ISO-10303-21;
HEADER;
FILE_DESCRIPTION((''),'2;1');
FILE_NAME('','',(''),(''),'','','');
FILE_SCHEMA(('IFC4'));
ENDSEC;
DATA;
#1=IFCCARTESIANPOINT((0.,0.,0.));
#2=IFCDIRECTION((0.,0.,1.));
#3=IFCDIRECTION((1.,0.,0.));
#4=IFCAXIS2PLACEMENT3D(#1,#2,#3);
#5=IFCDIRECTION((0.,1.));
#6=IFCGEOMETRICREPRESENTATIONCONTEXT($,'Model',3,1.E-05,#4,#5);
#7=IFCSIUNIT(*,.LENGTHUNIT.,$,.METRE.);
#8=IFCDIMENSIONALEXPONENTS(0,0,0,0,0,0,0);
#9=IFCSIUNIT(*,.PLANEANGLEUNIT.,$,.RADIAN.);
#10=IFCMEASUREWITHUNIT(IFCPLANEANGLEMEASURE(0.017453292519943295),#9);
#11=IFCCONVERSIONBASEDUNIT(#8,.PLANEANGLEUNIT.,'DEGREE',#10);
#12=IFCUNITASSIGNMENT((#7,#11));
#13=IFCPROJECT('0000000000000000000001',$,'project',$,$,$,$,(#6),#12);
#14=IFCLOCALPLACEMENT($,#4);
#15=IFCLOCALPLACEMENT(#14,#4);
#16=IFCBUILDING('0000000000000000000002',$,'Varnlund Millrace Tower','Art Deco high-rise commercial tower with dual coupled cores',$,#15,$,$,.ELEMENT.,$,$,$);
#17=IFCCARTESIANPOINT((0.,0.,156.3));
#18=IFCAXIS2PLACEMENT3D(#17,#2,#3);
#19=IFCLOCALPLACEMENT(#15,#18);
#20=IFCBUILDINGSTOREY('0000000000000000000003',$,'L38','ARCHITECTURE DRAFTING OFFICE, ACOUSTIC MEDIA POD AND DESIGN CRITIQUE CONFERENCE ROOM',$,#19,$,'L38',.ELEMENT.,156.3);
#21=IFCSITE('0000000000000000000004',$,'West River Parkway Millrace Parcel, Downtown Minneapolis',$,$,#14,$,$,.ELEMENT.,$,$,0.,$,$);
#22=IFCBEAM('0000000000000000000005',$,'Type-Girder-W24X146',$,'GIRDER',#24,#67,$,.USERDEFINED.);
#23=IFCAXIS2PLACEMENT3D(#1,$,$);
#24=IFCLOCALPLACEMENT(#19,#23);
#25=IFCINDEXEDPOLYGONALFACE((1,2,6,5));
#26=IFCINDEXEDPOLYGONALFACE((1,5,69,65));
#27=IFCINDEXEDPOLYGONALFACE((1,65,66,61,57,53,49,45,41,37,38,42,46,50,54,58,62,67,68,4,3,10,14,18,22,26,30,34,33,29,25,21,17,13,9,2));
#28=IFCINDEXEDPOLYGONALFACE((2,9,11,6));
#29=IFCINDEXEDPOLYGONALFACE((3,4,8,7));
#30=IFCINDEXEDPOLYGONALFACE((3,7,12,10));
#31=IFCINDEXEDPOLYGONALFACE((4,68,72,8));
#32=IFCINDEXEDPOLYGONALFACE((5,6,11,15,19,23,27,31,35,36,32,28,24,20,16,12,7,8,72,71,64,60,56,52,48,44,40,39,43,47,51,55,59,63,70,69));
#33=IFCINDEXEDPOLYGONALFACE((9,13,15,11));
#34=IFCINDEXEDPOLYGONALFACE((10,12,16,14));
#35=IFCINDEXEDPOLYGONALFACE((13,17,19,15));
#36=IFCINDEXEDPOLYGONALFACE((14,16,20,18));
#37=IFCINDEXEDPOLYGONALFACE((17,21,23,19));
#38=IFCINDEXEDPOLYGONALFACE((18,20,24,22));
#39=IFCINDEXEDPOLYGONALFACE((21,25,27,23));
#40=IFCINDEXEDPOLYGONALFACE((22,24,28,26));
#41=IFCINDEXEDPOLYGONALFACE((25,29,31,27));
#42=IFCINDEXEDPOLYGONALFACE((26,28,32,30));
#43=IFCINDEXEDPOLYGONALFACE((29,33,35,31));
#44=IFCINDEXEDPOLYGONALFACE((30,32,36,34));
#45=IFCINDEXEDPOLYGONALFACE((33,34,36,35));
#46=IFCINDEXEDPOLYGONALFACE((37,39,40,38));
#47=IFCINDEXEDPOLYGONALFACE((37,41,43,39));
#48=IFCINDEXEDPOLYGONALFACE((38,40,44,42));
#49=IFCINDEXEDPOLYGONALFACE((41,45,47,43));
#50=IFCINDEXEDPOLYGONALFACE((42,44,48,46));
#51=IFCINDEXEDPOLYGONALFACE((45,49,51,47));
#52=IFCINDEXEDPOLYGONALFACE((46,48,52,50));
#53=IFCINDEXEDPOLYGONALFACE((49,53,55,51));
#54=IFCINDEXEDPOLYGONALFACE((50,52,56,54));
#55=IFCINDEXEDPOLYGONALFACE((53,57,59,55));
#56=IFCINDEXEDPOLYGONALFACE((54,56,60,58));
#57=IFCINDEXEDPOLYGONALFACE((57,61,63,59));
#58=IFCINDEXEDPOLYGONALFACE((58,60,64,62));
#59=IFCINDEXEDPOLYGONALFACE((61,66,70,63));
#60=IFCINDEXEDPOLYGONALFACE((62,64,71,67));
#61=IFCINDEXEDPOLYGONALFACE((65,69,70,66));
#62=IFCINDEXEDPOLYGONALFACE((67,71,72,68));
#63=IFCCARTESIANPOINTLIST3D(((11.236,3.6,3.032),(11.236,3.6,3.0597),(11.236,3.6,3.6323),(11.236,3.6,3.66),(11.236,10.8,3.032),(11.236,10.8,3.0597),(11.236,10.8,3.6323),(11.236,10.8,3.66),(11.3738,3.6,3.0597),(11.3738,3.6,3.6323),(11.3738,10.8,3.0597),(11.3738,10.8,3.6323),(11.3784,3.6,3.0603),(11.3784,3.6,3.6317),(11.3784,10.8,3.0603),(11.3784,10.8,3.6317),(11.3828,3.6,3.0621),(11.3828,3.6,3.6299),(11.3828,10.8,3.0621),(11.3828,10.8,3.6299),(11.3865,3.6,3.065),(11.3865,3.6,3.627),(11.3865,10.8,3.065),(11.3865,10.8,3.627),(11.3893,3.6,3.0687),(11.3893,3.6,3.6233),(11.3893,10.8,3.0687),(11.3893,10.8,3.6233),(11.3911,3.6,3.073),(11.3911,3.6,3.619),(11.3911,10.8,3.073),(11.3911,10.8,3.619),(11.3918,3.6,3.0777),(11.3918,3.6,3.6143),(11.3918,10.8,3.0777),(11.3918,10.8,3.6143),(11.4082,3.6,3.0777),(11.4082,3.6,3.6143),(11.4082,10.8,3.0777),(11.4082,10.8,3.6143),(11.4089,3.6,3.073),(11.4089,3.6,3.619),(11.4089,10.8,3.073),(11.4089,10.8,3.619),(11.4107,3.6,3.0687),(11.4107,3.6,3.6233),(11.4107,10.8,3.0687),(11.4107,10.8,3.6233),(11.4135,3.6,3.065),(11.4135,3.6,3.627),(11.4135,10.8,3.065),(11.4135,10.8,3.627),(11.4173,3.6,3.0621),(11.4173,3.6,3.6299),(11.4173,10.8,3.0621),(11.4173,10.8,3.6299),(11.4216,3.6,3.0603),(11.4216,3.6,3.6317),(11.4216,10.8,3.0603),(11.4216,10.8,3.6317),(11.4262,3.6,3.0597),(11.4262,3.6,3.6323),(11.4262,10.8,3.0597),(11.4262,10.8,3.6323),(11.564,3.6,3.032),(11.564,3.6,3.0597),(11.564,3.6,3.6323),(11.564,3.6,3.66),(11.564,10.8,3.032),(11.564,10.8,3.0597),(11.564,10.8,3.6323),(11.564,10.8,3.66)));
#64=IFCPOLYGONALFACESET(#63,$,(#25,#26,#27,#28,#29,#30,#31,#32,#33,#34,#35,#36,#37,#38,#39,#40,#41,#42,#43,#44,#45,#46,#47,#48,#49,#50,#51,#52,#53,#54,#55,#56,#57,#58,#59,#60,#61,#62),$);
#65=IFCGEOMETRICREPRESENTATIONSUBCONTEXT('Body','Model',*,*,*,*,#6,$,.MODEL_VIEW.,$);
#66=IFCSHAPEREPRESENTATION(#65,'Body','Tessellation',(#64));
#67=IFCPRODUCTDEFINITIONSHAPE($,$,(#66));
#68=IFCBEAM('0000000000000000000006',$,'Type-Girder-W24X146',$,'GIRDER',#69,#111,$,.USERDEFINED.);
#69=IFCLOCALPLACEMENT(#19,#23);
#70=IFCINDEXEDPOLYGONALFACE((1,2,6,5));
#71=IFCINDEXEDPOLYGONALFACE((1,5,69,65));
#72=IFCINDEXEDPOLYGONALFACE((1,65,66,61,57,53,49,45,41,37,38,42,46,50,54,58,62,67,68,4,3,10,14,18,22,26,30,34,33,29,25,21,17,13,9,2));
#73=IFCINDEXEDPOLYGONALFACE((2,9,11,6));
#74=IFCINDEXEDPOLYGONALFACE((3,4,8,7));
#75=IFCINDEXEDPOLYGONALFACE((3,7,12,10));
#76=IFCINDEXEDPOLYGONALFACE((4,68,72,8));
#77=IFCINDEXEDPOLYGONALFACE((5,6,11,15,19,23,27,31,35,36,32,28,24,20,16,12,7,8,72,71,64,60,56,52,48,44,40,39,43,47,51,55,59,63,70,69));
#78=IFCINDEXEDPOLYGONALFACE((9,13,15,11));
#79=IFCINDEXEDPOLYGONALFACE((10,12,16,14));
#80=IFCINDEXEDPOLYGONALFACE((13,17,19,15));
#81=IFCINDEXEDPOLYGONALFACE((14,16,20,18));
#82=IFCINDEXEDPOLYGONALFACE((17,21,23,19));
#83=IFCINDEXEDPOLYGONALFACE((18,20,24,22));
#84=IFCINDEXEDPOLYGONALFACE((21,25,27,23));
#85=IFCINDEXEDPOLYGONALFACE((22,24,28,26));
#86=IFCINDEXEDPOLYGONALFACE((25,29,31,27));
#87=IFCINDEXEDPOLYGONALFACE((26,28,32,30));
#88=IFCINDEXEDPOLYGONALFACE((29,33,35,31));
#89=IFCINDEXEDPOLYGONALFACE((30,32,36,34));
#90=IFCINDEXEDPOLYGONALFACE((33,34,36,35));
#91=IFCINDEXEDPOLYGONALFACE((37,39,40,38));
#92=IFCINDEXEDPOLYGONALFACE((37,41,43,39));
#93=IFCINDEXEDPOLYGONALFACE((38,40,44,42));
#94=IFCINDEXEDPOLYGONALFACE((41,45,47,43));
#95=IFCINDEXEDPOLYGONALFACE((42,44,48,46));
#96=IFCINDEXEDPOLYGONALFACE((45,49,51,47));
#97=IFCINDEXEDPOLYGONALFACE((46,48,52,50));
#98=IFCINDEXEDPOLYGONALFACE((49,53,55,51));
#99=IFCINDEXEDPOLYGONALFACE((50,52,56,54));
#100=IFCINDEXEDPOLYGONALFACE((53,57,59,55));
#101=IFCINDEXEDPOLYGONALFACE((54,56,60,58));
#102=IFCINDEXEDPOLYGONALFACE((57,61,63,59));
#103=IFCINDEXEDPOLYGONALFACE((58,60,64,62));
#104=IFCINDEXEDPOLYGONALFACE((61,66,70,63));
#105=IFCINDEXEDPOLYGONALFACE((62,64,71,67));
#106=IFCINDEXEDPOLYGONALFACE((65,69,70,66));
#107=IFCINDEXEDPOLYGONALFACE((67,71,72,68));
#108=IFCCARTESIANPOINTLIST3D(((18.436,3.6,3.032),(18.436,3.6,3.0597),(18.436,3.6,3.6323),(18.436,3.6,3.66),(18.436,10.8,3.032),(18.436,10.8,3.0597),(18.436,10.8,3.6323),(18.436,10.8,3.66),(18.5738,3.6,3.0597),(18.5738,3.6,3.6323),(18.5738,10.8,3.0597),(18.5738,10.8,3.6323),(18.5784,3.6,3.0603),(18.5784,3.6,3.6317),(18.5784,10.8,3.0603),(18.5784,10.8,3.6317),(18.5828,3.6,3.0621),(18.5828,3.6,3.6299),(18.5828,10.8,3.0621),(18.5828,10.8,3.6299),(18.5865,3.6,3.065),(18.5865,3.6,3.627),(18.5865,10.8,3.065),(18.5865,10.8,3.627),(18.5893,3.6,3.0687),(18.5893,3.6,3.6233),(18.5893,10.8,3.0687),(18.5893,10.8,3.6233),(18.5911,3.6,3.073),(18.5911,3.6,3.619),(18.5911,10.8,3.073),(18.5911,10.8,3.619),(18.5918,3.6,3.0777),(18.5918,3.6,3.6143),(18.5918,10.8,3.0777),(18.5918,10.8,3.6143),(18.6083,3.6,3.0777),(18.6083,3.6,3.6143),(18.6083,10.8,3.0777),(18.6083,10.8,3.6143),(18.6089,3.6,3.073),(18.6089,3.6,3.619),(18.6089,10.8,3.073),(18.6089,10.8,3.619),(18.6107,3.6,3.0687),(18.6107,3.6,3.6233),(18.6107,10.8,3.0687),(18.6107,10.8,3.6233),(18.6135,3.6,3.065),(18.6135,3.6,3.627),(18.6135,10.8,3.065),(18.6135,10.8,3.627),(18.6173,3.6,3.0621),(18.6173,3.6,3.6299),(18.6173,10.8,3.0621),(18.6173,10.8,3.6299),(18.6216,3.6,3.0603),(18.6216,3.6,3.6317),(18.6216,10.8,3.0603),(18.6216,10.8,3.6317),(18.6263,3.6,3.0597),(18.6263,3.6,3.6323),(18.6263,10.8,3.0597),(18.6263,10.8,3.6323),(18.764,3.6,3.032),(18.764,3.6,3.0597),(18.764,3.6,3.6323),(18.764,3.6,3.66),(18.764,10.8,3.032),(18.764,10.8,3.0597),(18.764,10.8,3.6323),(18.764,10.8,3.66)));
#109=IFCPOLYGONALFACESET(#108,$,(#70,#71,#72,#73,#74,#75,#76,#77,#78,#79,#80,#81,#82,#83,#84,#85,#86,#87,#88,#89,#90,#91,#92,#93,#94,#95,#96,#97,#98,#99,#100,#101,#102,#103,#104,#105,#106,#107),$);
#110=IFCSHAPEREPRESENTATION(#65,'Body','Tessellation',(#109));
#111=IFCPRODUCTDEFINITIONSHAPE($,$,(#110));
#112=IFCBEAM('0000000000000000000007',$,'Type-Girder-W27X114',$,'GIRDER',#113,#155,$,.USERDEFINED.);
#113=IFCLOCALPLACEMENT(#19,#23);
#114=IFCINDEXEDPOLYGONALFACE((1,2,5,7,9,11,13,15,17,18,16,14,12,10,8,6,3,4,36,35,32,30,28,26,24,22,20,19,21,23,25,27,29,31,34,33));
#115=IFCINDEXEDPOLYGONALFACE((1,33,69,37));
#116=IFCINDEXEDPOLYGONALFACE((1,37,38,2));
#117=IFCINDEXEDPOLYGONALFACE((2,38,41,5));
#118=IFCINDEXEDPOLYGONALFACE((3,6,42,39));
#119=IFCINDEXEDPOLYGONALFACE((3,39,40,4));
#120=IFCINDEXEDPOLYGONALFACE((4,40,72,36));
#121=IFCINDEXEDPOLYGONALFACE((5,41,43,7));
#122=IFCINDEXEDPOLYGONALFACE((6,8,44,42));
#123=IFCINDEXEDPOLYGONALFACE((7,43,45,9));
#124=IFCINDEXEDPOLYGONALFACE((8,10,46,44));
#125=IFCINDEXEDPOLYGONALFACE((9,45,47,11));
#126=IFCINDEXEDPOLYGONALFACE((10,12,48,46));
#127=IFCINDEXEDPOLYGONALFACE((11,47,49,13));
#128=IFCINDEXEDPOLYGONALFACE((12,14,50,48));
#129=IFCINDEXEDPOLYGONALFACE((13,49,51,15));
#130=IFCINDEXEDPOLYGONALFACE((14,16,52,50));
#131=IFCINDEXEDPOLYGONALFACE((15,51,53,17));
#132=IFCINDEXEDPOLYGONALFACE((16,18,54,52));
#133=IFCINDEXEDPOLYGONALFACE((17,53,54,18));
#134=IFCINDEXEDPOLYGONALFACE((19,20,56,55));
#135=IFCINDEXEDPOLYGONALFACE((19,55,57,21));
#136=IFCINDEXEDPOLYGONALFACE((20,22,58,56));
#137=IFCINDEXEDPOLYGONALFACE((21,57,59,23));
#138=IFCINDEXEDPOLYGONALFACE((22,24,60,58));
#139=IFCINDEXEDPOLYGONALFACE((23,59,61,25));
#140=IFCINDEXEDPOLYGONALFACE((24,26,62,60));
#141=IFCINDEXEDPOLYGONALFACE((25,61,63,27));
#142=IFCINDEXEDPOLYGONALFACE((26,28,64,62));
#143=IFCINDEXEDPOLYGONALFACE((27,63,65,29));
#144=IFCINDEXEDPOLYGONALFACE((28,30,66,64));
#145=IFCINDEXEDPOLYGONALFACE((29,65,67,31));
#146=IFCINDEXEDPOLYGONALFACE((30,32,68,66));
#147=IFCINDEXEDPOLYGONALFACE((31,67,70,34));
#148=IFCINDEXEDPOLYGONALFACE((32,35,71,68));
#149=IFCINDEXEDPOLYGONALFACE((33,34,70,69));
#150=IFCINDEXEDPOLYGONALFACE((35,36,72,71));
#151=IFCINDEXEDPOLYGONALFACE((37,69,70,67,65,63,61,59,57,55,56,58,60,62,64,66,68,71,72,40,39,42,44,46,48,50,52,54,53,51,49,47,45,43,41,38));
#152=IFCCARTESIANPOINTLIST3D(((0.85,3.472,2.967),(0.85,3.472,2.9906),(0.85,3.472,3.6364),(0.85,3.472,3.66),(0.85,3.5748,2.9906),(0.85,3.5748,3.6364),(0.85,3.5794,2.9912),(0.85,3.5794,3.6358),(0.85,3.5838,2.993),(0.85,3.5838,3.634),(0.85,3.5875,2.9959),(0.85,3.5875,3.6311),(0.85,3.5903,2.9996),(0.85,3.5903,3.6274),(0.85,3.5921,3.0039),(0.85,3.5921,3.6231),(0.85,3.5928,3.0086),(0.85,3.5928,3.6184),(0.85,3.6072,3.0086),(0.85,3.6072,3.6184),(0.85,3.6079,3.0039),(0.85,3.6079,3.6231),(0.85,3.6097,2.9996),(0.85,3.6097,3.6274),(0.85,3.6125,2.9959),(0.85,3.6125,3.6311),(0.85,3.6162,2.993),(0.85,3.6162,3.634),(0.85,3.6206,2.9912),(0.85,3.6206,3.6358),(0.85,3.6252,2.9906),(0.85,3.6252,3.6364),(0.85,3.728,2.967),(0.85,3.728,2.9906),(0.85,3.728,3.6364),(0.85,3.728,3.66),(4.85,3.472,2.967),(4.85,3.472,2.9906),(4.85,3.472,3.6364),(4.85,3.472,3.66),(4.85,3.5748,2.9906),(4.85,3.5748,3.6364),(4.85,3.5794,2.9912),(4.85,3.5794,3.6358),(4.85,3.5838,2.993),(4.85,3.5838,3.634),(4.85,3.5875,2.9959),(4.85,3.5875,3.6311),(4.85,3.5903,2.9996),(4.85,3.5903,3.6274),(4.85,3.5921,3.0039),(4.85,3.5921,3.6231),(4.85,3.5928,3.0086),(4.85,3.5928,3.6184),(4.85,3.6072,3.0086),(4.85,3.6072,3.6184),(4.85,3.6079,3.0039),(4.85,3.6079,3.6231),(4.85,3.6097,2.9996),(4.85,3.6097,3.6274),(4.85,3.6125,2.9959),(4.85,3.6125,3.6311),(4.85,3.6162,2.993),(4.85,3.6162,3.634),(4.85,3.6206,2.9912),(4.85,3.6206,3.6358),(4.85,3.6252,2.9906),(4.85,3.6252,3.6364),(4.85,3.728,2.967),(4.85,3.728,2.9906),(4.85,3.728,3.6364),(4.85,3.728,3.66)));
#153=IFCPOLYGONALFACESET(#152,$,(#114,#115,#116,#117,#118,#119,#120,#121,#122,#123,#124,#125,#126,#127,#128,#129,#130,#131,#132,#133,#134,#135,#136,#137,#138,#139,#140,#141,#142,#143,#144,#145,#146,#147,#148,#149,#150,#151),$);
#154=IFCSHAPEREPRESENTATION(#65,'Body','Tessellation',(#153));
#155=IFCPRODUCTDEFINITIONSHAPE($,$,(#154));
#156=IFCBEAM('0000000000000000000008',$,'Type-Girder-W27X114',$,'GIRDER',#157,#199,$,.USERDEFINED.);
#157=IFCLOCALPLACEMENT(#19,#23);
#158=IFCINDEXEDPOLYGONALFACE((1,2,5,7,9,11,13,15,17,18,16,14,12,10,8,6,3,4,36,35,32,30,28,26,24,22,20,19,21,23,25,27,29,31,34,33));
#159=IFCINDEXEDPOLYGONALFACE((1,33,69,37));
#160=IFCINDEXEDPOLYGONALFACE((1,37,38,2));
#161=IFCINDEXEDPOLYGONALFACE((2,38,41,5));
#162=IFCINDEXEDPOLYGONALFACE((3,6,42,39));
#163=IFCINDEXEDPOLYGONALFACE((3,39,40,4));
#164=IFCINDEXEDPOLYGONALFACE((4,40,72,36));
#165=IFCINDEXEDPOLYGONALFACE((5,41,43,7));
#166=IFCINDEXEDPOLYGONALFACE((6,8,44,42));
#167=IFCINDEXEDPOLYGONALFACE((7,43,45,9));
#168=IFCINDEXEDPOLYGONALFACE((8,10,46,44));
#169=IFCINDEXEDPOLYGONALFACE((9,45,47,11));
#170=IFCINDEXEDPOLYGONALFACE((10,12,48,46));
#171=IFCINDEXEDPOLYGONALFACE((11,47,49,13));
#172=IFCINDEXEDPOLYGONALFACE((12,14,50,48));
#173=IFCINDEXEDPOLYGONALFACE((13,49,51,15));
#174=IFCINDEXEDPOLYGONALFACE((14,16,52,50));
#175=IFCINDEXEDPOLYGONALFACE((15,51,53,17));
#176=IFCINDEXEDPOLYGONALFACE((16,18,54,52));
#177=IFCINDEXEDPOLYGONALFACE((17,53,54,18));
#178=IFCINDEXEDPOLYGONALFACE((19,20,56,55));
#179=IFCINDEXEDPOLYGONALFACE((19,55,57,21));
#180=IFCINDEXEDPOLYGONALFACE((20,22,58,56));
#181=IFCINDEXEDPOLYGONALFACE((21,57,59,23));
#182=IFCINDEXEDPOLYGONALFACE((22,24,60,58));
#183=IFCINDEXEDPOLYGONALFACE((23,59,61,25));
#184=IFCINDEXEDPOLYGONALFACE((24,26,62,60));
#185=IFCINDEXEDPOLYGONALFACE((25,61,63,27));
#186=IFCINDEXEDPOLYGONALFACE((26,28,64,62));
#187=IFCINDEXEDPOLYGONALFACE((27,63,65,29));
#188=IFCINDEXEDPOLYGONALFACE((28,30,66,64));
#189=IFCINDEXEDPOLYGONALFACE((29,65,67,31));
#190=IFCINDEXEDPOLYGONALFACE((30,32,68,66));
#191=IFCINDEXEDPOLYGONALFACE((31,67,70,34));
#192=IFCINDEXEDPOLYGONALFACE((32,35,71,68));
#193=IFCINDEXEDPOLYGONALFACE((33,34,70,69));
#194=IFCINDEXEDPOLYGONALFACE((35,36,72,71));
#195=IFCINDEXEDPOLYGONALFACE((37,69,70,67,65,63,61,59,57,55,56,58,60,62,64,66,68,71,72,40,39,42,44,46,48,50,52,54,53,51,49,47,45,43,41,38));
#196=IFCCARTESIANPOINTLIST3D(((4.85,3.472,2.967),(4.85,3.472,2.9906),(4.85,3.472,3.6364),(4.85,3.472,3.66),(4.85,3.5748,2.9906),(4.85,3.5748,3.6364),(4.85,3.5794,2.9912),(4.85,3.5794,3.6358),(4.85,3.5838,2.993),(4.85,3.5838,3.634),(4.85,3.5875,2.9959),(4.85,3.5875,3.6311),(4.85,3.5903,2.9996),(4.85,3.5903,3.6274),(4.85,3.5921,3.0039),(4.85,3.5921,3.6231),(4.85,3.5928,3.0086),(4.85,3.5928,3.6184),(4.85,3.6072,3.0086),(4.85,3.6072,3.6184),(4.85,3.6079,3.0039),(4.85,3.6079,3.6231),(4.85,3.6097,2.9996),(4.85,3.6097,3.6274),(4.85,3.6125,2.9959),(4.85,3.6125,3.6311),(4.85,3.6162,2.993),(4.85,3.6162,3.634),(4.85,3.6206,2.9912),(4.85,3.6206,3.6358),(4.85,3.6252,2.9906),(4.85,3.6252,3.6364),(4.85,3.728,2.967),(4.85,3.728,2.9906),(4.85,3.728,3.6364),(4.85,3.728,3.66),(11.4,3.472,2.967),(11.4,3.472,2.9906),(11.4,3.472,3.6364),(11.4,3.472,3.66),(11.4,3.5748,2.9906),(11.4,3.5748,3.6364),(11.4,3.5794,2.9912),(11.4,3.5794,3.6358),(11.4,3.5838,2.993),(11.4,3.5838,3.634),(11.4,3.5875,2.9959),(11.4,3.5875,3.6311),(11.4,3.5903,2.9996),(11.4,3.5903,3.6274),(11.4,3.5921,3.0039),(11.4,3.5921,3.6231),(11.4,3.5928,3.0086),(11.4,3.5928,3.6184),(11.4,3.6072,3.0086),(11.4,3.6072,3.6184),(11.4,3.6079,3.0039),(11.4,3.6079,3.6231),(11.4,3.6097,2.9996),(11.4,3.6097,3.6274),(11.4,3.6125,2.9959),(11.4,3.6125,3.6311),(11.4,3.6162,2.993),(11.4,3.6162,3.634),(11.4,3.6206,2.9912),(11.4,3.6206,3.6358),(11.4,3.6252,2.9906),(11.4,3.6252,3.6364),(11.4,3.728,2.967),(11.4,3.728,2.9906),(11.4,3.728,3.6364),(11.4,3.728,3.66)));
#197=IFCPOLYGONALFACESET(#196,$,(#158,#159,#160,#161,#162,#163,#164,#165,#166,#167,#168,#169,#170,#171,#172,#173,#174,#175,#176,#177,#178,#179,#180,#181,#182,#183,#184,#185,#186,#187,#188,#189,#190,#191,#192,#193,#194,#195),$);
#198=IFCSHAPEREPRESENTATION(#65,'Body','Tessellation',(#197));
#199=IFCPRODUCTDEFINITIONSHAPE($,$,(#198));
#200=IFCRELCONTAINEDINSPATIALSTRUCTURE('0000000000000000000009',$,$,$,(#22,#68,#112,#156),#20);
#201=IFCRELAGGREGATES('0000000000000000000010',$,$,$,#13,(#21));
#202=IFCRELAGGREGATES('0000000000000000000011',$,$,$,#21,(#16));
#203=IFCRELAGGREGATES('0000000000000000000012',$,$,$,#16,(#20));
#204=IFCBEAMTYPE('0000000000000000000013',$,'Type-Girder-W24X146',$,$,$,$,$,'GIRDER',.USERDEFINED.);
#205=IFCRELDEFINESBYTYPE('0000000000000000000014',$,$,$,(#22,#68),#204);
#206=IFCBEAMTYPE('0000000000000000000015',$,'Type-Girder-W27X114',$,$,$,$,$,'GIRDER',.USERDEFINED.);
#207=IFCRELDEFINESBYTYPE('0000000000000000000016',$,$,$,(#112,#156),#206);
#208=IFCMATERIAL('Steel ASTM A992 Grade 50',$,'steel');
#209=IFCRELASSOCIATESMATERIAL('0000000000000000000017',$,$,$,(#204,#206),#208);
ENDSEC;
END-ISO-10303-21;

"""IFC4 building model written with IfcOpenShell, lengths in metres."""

from ifc_helpers import new_model, entity, si_unit, converted_unit, direction, frame, origin_with_axes, origin_2d_with_axis, place, context, subcontext, project, spatial, i_section, extrude, material, material_profile, profile_set, type_object, element, save


model = new_model("IFC4")

# Units and contexts
model_context = context("Model", 3, precision=1e-05, world=origin_with_axes(), true_north=direction((0.0, 1.0)))
body_context = subcontext(model_context, "Body", "Model", "MODEL_VIEW")
ifc_project = project(units=[si_unit("LENGTHUNIT", "METRE"), converted_unit("PLANEANGLEUNIT", "DEGREE", entity("IfcPlaneAngleMeasure", 0.017453292519943295), si_unit("PLANEANGLEUNIT", "RADIAN"), dimensions=[0, 0, 0, 0, 0, 0, 0])], contexts=[model_context])

# Site, building, storey
site_placement = place(None, origin_with_axes())
site = spatial("IfcSite", under=ifc_project, at=site_placement, Name="West River Parkway Millrace Parcel, Downtown Minneapolis", CompositionType="ELEMENT", RefElevation=0.0)
building_placement = place(site_placement, origin_with_axes())
building = spatial("IfcBuilding", under=site, at=building_placement, Name="Varnlund Millrace Tower", Description="Art Deco high-rise commercial tower with dual coupled cores", CompositionType="ELEMENT")
storey_placement = place(building_placement, frame((0.0, 0.0, 156.3), z_axis=(0.0, 0.0, 1.0), x_axis=(1.0, 0.0, 0.0)))
storey = spatial("IfcBuildingStorey", under=building, at=storey_placement, Name="L38", Description="ARCHITECTURE DRAFTING OFFICE, ACOUSTIC MEDIA POD AND DESIGN CRITIQUE CONFERENCE ROOM", LongName="L38", CompositionType="ELEMENT", Elevation=156.3)

# Beams
ifc_material_1 = material(Name="Steel ASTM A992 Grade 50", Category="steel")
ifc_material_profile_1 = material_profile(ifc_material_1, i_section(OverallWidth=0.328, OverallDepth=0.628, WebThickness=0.0165, FlangeThickness=0.0277, FilletRadius=0.018, at=origin_2d_with_axis()), Name="Steel ASTM A992 Grade 50")
ifc_profile_set_1 = profile_set([ifc_material_profile_1], Name="Steel ASTM A992 Grade 50")
beam_type_1 = type_object("IfcBeamType", Name="Type-Girder-W24X146", ElementType="GIRDER", PredefinedType="USERDEFINED", material=ifc_profile_set_1)
for number, where, z_axis, x_axis, name in (
    (1, (11.4, 3.6, 3.346), (0.0, 1.0, 0.0), (-1.0, 0.0, 0.0), "Type-Girder-W24X146"),
    (2, (18.6, 3.6, 3.346), (0.0, 1.0, 0.0), (-1.0, 0.0, 0.0), "Type-Girder-W24X146"),
):
    element("IfcBeam", number, at=place(storey_placement, frame(where, z_axis=z_axis, x_axis=x_axis)), inside=storey, type_object=beam_type_1, Name=name, ObjectType="GIRDER", PredefinedType="USERDEFINED", context=body_context, shape_type="SweptSolid", body=[
        extrude(i_section(OverallWidth=0.328, OverallDepth=0.628, WebThickness=0.0165, FlangeThickness=0.0277, FilletRadius=0.018, at=origin_2d_with_axis()), origin_with_axes(), (0.0, 0.0, 1.0), 7.2),
    ])
ifc_material_profile_2 = material_profile(ifc_material_1, i_section(OverallWidth=0.256, OverallDepth=0.693, WebThickness=0.0145, FlangeThickness=0.0236, FilletRadius=0.018, at=origin_2d_with_axis()), Name="Steel ASTM A992 Grade 50")
ifc_profile_set_2 = profile_set([ifc_material_profile_2], Name="Steel ASTM A992 Grade 50")
beam_type_2 = type_object("IfcBeamType", Name="Type-Girder-W27X114", ElementType="GIRDER", PredefinedType="USERDEFINED", material=ifc_profile_set_2)
beam_1_placement = place(storey_placement, frame((0.85, 3.6, 3.3135), z_axis=(1.0, 0.0, 0.0), x_axis=(0.0, 1.0, 0.0)))
element("IfcBeam", 3, at=beam_1_placement, inside=storey, type_object=beam_type_2, Name="Type-Girder-W27X114", ObjectType="GIRDER", PredefinedType="USERDEFINED", context=body_context, shape_type="SweptSolid", body=[
    extrude(i_section(OverallWidth=0.256, OverallDepth=0.693, WebThickness=0.0145, FlangeThickness=0.0236, FilletRadius=0.018, at=origin_2d_with_axis()), origin_with_axes(), (0.0, 0.0, 1.0), 4.0),
])
beam_2_placement = place(storey_placement, frame((4.85, 3.6, 3.3135), z_axis=(1.0, 0.0, 0.0), x_axis=(0.0, 1.0, 0.0)))
element("IfcBeam", 4, at=beam_2_placement, inside=storey, type_object=beam_type_2, Name="Type-Girder-W27X114", ObjectType="GIRDER", PredefinedType="USERDEFINED", context=body_context, shape_type="SweptSolid", body=[
    extrude(i_section(OverallWidth=0.256, OverallDepth=0.693, WebThickness=0.0145, FlangeThickness=0.0236, FilletRadius=0.018, at=origin_2d_with_axis()), origin_with_axes(), (0.0, 0.0, 1.0), 6.55),
])

save(model, "model.ifc")
